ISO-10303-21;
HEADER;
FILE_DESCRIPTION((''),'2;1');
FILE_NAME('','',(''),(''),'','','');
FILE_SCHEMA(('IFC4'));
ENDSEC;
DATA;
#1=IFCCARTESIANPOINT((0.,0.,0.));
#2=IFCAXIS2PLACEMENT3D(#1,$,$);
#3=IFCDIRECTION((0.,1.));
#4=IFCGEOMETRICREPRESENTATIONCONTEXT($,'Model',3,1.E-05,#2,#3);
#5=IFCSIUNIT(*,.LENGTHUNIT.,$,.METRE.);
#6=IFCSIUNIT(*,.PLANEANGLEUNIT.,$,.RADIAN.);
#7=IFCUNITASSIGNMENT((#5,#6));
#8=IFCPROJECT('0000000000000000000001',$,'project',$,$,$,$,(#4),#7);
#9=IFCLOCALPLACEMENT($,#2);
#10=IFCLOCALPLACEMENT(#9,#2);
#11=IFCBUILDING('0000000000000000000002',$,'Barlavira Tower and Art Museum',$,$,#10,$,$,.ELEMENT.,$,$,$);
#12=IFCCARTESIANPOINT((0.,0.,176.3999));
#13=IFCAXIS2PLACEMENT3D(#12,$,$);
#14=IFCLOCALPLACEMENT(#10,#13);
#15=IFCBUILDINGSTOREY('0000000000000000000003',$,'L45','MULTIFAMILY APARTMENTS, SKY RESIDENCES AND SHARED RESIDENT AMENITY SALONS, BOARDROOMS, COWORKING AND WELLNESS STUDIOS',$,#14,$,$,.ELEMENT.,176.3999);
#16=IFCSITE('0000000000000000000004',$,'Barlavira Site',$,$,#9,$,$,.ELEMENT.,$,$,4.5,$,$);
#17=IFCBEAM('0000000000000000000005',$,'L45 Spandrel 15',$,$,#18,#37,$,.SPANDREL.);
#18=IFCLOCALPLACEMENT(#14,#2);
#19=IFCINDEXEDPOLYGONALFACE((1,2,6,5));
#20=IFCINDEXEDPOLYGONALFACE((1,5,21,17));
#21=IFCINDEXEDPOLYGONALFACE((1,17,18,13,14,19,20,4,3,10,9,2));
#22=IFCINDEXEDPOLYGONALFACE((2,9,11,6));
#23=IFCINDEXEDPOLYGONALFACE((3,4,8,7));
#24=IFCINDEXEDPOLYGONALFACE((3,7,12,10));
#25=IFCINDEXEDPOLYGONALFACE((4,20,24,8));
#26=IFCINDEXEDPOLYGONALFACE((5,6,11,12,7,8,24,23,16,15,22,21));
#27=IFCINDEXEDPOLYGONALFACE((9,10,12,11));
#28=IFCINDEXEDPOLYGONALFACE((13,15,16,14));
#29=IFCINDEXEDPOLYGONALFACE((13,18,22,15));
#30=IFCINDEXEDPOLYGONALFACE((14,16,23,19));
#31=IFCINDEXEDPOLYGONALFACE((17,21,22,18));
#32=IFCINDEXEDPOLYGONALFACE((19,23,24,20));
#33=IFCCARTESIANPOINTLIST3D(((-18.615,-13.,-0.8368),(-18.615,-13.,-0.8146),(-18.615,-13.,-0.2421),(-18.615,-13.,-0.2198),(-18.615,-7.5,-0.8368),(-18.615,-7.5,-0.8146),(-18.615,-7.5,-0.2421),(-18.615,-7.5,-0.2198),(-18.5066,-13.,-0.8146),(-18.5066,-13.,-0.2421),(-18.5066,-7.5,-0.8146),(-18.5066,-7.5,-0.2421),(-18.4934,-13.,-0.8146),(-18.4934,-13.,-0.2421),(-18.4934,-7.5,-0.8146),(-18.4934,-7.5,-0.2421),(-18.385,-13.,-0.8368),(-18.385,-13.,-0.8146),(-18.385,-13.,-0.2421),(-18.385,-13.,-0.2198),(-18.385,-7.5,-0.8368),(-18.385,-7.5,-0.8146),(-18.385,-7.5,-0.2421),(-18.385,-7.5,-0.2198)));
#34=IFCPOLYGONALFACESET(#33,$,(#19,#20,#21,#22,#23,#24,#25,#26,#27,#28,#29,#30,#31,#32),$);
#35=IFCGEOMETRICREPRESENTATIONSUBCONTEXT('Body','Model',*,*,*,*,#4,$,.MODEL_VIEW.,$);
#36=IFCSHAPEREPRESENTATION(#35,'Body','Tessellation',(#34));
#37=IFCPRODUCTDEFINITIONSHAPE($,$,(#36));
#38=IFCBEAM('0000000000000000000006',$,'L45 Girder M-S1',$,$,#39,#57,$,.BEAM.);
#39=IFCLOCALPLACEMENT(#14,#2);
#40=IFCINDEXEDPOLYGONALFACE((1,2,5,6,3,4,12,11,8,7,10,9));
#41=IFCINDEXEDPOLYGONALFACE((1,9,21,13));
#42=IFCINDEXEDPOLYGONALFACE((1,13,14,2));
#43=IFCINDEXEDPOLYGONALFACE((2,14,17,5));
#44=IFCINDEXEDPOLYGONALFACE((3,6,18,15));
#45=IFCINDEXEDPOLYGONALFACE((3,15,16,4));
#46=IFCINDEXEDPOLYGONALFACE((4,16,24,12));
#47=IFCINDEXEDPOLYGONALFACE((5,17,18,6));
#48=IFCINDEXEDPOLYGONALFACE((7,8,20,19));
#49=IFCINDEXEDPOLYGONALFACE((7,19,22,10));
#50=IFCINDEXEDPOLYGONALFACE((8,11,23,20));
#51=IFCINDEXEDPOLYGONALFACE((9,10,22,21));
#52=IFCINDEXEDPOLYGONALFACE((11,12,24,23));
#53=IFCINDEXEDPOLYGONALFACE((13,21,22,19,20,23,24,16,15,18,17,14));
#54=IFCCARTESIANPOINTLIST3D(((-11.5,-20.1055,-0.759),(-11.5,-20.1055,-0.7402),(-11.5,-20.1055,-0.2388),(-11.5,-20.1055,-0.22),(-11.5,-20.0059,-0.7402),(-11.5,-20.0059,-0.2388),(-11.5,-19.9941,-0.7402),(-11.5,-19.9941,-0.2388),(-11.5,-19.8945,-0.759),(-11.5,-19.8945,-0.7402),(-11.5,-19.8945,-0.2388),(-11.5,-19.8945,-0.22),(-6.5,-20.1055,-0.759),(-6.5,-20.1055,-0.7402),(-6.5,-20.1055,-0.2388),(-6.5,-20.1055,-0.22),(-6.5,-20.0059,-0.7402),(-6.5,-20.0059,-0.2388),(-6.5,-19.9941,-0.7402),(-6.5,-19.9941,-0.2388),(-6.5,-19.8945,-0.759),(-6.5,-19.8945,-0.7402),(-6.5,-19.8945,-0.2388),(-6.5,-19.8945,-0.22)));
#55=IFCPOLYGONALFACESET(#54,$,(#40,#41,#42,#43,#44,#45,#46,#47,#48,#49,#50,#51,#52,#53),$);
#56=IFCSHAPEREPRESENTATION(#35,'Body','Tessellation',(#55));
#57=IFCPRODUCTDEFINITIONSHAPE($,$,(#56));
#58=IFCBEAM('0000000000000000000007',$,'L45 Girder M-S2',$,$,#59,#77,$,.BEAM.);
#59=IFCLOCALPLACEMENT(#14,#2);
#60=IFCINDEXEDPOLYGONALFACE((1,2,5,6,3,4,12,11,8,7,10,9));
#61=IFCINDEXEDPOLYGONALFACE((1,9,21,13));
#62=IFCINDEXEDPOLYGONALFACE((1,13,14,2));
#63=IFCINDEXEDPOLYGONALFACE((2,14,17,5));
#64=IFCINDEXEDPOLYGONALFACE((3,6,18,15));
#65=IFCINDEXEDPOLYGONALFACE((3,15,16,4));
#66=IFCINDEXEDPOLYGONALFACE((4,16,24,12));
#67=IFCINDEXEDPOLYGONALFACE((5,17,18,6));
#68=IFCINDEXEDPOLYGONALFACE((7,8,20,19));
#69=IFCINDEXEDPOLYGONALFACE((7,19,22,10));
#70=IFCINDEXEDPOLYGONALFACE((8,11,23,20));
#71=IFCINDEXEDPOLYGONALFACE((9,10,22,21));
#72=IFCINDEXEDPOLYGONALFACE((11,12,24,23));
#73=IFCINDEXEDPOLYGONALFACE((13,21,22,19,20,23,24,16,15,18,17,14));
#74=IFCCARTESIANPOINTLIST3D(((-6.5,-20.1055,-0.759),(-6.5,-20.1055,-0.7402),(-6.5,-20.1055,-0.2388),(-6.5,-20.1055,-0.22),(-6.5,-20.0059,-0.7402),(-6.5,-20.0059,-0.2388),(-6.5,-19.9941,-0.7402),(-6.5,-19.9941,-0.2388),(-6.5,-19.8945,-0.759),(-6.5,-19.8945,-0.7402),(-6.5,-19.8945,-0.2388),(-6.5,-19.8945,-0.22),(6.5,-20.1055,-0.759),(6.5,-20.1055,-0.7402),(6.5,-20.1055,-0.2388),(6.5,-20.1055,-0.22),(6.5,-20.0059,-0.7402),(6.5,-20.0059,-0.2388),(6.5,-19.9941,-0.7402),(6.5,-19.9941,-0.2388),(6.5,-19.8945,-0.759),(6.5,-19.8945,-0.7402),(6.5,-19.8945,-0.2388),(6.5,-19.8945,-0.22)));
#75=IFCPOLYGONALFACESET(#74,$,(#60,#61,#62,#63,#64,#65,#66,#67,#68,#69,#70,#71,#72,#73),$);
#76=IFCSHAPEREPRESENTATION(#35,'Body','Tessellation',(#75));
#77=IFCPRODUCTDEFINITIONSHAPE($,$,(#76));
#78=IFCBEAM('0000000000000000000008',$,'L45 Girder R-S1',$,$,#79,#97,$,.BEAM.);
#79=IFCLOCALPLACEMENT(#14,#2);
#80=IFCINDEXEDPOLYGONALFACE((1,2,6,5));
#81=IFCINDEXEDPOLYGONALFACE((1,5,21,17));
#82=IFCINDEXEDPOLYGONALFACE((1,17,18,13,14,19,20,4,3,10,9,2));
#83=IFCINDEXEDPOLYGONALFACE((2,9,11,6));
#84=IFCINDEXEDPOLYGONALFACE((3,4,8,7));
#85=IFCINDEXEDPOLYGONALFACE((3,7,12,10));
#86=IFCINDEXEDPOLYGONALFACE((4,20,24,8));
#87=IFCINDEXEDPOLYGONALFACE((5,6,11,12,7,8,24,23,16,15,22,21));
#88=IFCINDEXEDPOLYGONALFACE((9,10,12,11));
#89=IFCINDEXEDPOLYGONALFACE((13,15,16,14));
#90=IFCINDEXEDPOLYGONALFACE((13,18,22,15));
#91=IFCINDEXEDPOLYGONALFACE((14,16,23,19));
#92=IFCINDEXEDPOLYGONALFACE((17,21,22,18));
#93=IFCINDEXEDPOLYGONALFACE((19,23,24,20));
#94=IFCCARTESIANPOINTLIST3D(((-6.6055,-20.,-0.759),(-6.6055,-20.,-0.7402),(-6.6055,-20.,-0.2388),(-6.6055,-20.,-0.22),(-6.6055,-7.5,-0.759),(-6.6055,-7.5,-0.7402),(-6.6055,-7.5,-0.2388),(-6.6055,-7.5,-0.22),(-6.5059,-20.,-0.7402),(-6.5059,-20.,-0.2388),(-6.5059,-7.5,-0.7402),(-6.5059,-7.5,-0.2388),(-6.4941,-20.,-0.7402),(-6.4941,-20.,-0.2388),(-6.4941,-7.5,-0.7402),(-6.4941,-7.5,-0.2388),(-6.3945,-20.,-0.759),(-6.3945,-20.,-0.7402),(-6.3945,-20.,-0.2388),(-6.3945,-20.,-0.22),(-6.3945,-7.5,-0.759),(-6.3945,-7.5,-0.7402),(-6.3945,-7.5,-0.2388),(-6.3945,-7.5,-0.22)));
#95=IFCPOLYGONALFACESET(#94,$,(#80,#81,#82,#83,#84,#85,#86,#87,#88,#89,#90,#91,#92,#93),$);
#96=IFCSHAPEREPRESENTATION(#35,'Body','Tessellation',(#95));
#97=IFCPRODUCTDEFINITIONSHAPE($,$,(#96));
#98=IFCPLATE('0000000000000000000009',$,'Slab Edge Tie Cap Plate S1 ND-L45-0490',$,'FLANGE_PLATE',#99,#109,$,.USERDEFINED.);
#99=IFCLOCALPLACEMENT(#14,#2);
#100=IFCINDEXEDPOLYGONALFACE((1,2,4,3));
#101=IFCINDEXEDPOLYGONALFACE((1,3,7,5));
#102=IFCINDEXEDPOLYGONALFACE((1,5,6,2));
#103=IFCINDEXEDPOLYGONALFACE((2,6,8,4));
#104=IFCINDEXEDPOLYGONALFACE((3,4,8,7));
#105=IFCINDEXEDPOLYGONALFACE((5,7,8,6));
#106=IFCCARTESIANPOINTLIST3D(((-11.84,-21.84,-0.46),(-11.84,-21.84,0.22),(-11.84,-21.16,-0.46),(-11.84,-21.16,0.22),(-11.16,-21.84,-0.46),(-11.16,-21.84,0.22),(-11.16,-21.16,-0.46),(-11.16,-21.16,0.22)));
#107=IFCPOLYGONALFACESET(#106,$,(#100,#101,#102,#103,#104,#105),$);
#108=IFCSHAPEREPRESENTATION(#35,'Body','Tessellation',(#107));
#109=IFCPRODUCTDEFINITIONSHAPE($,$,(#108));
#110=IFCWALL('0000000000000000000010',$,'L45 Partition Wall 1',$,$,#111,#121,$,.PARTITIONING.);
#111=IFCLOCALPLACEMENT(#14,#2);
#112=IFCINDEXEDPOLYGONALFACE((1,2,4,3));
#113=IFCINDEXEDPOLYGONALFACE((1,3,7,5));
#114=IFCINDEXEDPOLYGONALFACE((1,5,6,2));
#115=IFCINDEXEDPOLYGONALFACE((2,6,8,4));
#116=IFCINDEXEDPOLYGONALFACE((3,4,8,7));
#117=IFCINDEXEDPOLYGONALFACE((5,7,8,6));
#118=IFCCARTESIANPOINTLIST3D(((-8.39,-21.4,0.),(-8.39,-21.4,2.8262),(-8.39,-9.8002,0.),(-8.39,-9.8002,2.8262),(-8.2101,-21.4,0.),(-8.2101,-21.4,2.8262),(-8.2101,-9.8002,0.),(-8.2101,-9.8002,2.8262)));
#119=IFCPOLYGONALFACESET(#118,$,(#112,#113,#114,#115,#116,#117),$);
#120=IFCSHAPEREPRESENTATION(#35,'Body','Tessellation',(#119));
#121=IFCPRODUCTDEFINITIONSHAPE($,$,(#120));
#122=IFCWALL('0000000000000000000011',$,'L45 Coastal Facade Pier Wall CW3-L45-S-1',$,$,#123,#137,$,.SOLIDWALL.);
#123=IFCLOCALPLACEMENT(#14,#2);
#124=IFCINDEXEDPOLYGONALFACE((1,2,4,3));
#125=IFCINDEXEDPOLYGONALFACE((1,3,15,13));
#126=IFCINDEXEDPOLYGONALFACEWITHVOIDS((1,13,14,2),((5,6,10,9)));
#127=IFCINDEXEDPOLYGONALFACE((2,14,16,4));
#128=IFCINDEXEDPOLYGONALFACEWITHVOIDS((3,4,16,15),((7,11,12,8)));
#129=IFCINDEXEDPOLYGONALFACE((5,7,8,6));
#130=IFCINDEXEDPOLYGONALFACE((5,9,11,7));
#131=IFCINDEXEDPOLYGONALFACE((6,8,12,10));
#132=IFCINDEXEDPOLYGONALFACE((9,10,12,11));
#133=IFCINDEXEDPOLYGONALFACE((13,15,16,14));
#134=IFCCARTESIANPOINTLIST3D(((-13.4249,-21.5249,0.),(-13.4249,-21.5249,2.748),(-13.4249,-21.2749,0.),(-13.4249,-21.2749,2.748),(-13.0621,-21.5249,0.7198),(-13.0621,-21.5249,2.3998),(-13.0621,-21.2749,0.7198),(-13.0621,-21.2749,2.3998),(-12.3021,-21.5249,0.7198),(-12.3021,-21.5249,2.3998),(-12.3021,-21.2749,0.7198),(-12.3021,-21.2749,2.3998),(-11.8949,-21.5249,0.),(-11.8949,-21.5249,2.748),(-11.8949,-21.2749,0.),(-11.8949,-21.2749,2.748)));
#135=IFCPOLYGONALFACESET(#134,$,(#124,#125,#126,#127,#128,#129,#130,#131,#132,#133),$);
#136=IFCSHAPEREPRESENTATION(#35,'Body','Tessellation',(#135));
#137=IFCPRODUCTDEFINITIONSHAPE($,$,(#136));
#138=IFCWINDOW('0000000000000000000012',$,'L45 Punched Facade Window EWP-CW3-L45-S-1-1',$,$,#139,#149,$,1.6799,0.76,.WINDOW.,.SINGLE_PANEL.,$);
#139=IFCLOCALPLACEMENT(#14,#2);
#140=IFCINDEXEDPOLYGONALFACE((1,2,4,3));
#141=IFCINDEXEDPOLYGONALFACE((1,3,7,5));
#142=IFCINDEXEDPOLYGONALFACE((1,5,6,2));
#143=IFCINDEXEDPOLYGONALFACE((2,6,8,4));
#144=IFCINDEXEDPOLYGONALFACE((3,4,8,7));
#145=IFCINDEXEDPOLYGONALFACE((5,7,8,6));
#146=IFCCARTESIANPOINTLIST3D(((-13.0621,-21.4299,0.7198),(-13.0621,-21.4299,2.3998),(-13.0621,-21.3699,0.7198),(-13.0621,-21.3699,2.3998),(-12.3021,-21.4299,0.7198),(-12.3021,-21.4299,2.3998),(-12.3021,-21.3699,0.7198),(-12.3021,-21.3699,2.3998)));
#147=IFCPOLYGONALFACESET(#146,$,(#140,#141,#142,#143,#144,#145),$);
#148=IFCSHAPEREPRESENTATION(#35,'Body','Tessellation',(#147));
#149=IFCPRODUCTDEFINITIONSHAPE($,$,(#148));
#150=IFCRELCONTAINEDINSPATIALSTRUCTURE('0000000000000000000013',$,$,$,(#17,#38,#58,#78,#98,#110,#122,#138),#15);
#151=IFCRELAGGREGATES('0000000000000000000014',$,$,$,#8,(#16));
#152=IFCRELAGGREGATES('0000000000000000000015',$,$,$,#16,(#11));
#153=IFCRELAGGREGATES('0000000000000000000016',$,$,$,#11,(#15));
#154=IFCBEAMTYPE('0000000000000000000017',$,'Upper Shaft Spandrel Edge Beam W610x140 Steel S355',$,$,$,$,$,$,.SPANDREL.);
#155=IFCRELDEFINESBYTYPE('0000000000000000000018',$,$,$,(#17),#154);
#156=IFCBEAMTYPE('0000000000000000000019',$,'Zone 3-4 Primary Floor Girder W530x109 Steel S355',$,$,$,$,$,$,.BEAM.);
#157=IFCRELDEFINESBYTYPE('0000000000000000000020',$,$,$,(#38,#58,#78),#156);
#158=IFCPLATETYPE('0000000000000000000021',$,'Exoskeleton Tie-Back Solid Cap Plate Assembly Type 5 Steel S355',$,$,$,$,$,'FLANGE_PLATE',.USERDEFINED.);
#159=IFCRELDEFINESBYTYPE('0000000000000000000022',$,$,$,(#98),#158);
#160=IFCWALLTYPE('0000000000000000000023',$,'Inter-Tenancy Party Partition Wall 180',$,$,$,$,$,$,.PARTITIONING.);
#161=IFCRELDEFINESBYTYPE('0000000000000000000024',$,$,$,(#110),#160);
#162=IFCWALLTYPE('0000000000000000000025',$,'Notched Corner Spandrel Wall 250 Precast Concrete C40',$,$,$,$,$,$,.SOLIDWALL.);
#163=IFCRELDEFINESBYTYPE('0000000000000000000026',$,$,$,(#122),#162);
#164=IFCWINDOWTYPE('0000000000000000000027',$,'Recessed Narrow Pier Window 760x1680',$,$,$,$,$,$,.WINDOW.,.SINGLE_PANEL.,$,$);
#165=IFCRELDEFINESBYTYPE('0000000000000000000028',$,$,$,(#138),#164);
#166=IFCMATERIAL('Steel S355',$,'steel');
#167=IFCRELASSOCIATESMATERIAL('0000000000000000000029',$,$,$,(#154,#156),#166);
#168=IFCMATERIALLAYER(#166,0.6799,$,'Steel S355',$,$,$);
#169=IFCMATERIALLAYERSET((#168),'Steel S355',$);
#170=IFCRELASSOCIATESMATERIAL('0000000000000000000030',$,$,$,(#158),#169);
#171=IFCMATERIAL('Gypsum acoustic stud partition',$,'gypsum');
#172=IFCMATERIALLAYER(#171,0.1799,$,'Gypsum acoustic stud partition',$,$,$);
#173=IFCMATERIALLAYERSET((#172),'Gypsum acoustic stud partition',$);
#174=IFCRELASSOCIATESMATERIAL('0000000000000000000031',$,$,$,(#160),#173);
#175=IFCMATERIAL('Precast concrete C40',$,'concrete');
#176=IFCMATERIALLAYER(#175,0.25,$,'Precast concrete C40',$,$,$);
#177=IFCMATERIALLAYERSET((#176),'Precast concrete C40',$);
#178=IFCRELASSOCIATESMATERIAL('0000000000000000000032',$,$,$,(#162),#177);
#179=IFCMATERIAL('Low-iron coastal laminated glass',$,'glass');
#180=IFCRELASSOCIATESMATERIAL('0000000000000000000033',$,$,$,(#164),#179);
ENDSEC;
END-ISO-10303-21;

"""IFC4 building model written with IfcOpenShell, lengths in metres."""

from ifc_helpers import new_model, si_unit, direction, frame, frame_2d, origin, origin_2d, place, context, subcontext, project, spatial, rectangle, i_section, extrude, material, layer, layer_set, material_profile, profile_set, type_object, element, fill, save


model = new_model("IFC4")

# Units and contexts
model_context = context("Model", 3, precision=1e-05, world=origin(), true_north=direction((0.0, 1.0)))
body_context = subcontext(model_context, "Body", "Model", "MODEL_VIEW")
ifc_project = project(units=[si_unit("LENGTHUNIT", "METRE"), si_unit("PLANEANGLEUNIT", "RADIAN")], contexts=[model_context])

# Site, building, storey
site_placement = place(None, origin())
site = spatial("IfcSite", under=ifc_project, at=site_placement, Name="Barlavira Site", CompositionType="ELEMENT", RefElevation=4.5)
building_placement = place(site_placement, origin())
building = spatial("IfcBuilding", under=site, at=building_placement, Name="Barlavira Tower and Art Museum", CompositionType="ELEMENT")
storey_placement = place(building_placement, frame((0.0, 0.0, 176.3999)))
storey = spatial("IfcBuildingStorey", under=building, at=storey_placement, Name="L45", Description="MULTIFAMILY APARTMENTS, SKY RESIDENCES AND SHARED RESIDENT AMENITY SALONS, BOARDROOMS, COWORKING AND WELLNESS STUDIOS", CompositionType="ELEMENT", Elevation=176.3999)

# Shared definitions
ifc_material_1 = material(Name="Steel S355", Category="steel")

# Beams
ifc_material_profile_1 = material_profile(ifc_material_1, i_section(OverallWidth=0.23, OverallDepth=0.6169, WebThickness=0.0132, FlangeThickness=0.0222, at=origin_2d()), Name="W610x140.0")
ifc_profile_set_1 = profile_set([ifc_material_profile_1], Name="Steel S355")
beam_type_1 = type_object("IfcBeamType", Name="Upper Shaft Spandrel Edge Beam W610x140 Steel S355", PredefinedType="SPANDREL", material=ifc_profile_set_1)
beam_1_placement = place(storey_placement, frame((-18.5, -13.0, -0.5283), z_axis=(0.0, 1.0, 0.0), x_axis=(-1.0, 0.0, 0.0)))
element("IfcBeam", 1, at=beam_1_placement, inside=storey, type_object=beam_type_1, Name="L45 Spandrel 15", PredefinedType="SPANDREL", context=body_context, shape_type="SweptSolid", body=[
    extrude(i_section(OverallWidth=0.23, OverallDepth=0.6169, WebThickness=0.0132, FlangeThickness=0.0222, at=origin_2d()), origin(), (0.0, 0.0, 1.0), 5.5),
])
ifc_material_profile_2 = material_profile(ifc_material_1, i_section(OverallWidth=0.2109, OverallDepth=0.5391, WebThickness=0.0117, FlangeThickness=0.0188, at=origin_2d()), Name="W530x109.0")
ifc_profile_set_2 = profile_set([ifc_material_profile_2], Name="Steel S355")
beam_type_2 = type_object("IfcBeamType", Name="Zone 3-4 Primary Floor Girder W530x109 Steel S355", PredefinedType="BEAM", material=ifc_profile_set_2)
beam_2_placement = place(storey_placement, frame((-11.5, -20.0, -0.4895), z_axis=(1.0, 0.0, 0.0), x_axis=(0.0, 1.0, 0.0)))
element("IfcBeam", 2, at=beam_2_placement, inside=storey, type_object=beam_type_2, Name="L45 Girder M-S1", PredefinedType="BEAM", context=body_context, shape_type="SweptSolid", body=[
    extrude(i_section(OverallWidth=0.2109, OverallDepth=0.5391, WebThickness=0.0117, FlangeThickness=0.0188, at=origin_2d()), origin(), (0.0, 0.0, 1.0), 5.0),
])
beam_3_placement = place(storey_placement, frame((-6.5, -20.0, -0.4895), z_axis=(1.0, 0.0, 0.0), x_axis=(0.0, 1.0, 0.0)))
element("IfcBeam", 3, at=beam_3_placement, inside=storey, type_object=beam_type_2, Name="L45 Girder M-S2", PredefinedType="BEAM", context=body_context, shape_type="SweptSolid", body=[
    extrude(i_section(OverallWidth=0.2109, OverallDepth=0.5391, WebThickness=0.0117, FlangeThickness=0.0188, at=origin_2d()), origin(), (0.0, 0.0, 1.0), 13.0),
])
beam_4_placement = place(storey_placement, frame((-6.5, -20.0, -0.4895), z_axis=(0.0, 1.0, 0.0), x_axis=(-1.0, 0.0, 0.0)))
element("IfcBeam", 4, at=beam_4_placement, inside=storey, type_object=beam_type_2, Name="L45 Girder R-S1", PredefinedType="BEAM", context=body_context, shape_type="SweptSolid", body=[
    extrude(i_section(OverallWidth=0.2109, OverallDepth=0.5391, WebThickness=0.0117, FlangeThickness=0.0188, at=origin_2d()), origin(), (0.0, 0.0, 1.0), 12.5),
])

# Plate
ifc_layer_1 = layer(ifc_material_1, 0.6799, Name="Steel S355")
ifc_layer_set_1 = layer_set([ifc_layer_1], Name="Steel S355")
plate_type = type_object("IfcPlateType", Name="Exoskeleton Tie-Back Solid Cap Plate Assembly Type 5 Steel S355", ElementType="FLANGE_PLATE", PredefinedType="USERDEFINED", material=ifc_layer_set_1)
plate_placement = place(storey_placement, frame((-11.5, -21.5, -0.46), z_axis=(0.0, 0.0, 1.0), x_axis=(1.0, 0.0, 0.0)))
element("IfcPlate", 5, at=plate_placement, inside=storey, type_object=plate_type, Name="Slab Edge Tie Cap Plate S1 ND-L45-0490", ObjectType="FLANGE_PLATE", PredefinedType="USERDEFINED", context=body_context, shape_type="SweptSolid", body=[
    extrude(rectangle(XDim=0.6799, YDim=0.6799, at=origin_2d()), origin(), (0.0, 0.0, 1.0), 0.6799),
])

# Wall
ifc_material_2 = material(Name="Gypsum acoustic stud partition", Category="gypsum")
ifc_layer_2 = layer(ifc_material_2, 0.1799, Name="Gypsum acoustic stud partition")
ifc_layer_set_2 = layer_set([ifc_layer_2], Name="Gypsum acoustic stud partition")
wall_type_1 = type_object("IfcWallType", Name="Inter-Tenancy Party Partition Wall 180", PredefinedType="PARTITIONING", material=ifc_layer_set_2)
wall_1_placement = place(storey_placement, frame((-8.3, -21.3999, 0.0), z_axis=(0.0, 0.0, 1.0), x_axis=(0.0, 1.0, 0.0)))
element("IfcWall", 6, at=wall_1_placement, inside=storey, type_object=wall_type_1, Name="L45 Partition Wall 1", PredefinedType="PARTITIONING", context=body_context, shape_type="SweptSolid", body=[
    extrude(rectangle(XDim=11.5999, YDim=0.1799, at=frame_2d((5.7998, 0.0))), origin(), (0.0, 0.0, 1.0), 2.8262),
])

# Wall, opening, window
ifc_material_3 = material(Name="Precast concrete C40", Category="concrete")
ifc_layer_3 = layer(ifc_material_3, 0.25, Name="Precast concrete C40")
ifc_layer_set_3 = layer_set([ifc_layer_3], Name="Precast concrete C40")
wall_type_2 = type_object("IfcWallType", Name="Notched Corner Spandrel Wall 250 Precast Concrete C40", PredefinedType="SOLIDWALL", material=ifc_layer_set_3)
wall_2_placement = place(storey_placement, frame((-13.425, -21.3999, 0.0), z_axis=(0.0, 0.0, 1.0), x_axis=(1.0, 0.0, 0.0)))
wall_2 = element("IfcWall", 7, at=wall_2_placement, inside=storey, type_object=wall_type_2, Name="L45 Coastal Facade Pier Wall CW3-L45-S-1", PredefinedType="SOLIDWALL", context=body_context, shape_type="SweptSolid", body=[
    extrude(rectangle(XDim=1.53, YDim=0.25, at=frame_2d((0.7651, 0.0))), origin(), (0.0, 0.0, 1.0), 2.748),
])
opening_1_placement = place(wall_2_placement, frame((0.363, 0.0, 0.72)))
opening_1 = element("IfcOpeningElement", 8, at=opening_1_placement, cuts=wall_2, PredefinedType="OPENING", context=body_context, shape_type="SweptSolid", body=[
    extrude(rectangle(XDim=0.76, YDim=1.6799, at=frame_2d((0.3799, 0.8398))), frame((0.0, 0.135, 0.0), z_axis=(0.0, -1.0, 0.0), x_axis=(1.0, 0.0, 0.0)), (0.0, 0.0, 1.0), 0.27),
])
ifc_material_4 = material(Name="Low-iron coastal laminated glass", Category="glass")
window_type_1 = type_object("IfcWindowType", Name="Recessed Narrow Pier Window 760x1680", PartitioningType="SINGLE_PANEL", PredefinedType="WINDOW", material=ifc_material_4)
window_1_placement = place(opening_1_placement, origin())
window_1 = element("IfcWindow", 9, at=window_1_placement, inside=storey, type_object=window_type_1, Name="L45 Punched Facade Window EWP-CW3-L45-S-1-1", OverallHeight=1.6799, OverallWidth=0.76, PartitioningType="SINGLE_PANEL", PredefinedType="WINDOW", context=body_context, shape_type="SweptSolid", body=[
    extrude(rectangle(XDim=0.76, YDim=1.6799, at=frame_2d((0.3799, 0.8398))), frame((0.0, 0.03, 0.0), z_axis=(0.0, -1.0, 0.0), x_axis=(1.0, 0.0, 0.0)), (0.0, 0.0, 1.0), 0.0601),
])
fill(opening_1, window_1)

save(model, "model.ifc")
